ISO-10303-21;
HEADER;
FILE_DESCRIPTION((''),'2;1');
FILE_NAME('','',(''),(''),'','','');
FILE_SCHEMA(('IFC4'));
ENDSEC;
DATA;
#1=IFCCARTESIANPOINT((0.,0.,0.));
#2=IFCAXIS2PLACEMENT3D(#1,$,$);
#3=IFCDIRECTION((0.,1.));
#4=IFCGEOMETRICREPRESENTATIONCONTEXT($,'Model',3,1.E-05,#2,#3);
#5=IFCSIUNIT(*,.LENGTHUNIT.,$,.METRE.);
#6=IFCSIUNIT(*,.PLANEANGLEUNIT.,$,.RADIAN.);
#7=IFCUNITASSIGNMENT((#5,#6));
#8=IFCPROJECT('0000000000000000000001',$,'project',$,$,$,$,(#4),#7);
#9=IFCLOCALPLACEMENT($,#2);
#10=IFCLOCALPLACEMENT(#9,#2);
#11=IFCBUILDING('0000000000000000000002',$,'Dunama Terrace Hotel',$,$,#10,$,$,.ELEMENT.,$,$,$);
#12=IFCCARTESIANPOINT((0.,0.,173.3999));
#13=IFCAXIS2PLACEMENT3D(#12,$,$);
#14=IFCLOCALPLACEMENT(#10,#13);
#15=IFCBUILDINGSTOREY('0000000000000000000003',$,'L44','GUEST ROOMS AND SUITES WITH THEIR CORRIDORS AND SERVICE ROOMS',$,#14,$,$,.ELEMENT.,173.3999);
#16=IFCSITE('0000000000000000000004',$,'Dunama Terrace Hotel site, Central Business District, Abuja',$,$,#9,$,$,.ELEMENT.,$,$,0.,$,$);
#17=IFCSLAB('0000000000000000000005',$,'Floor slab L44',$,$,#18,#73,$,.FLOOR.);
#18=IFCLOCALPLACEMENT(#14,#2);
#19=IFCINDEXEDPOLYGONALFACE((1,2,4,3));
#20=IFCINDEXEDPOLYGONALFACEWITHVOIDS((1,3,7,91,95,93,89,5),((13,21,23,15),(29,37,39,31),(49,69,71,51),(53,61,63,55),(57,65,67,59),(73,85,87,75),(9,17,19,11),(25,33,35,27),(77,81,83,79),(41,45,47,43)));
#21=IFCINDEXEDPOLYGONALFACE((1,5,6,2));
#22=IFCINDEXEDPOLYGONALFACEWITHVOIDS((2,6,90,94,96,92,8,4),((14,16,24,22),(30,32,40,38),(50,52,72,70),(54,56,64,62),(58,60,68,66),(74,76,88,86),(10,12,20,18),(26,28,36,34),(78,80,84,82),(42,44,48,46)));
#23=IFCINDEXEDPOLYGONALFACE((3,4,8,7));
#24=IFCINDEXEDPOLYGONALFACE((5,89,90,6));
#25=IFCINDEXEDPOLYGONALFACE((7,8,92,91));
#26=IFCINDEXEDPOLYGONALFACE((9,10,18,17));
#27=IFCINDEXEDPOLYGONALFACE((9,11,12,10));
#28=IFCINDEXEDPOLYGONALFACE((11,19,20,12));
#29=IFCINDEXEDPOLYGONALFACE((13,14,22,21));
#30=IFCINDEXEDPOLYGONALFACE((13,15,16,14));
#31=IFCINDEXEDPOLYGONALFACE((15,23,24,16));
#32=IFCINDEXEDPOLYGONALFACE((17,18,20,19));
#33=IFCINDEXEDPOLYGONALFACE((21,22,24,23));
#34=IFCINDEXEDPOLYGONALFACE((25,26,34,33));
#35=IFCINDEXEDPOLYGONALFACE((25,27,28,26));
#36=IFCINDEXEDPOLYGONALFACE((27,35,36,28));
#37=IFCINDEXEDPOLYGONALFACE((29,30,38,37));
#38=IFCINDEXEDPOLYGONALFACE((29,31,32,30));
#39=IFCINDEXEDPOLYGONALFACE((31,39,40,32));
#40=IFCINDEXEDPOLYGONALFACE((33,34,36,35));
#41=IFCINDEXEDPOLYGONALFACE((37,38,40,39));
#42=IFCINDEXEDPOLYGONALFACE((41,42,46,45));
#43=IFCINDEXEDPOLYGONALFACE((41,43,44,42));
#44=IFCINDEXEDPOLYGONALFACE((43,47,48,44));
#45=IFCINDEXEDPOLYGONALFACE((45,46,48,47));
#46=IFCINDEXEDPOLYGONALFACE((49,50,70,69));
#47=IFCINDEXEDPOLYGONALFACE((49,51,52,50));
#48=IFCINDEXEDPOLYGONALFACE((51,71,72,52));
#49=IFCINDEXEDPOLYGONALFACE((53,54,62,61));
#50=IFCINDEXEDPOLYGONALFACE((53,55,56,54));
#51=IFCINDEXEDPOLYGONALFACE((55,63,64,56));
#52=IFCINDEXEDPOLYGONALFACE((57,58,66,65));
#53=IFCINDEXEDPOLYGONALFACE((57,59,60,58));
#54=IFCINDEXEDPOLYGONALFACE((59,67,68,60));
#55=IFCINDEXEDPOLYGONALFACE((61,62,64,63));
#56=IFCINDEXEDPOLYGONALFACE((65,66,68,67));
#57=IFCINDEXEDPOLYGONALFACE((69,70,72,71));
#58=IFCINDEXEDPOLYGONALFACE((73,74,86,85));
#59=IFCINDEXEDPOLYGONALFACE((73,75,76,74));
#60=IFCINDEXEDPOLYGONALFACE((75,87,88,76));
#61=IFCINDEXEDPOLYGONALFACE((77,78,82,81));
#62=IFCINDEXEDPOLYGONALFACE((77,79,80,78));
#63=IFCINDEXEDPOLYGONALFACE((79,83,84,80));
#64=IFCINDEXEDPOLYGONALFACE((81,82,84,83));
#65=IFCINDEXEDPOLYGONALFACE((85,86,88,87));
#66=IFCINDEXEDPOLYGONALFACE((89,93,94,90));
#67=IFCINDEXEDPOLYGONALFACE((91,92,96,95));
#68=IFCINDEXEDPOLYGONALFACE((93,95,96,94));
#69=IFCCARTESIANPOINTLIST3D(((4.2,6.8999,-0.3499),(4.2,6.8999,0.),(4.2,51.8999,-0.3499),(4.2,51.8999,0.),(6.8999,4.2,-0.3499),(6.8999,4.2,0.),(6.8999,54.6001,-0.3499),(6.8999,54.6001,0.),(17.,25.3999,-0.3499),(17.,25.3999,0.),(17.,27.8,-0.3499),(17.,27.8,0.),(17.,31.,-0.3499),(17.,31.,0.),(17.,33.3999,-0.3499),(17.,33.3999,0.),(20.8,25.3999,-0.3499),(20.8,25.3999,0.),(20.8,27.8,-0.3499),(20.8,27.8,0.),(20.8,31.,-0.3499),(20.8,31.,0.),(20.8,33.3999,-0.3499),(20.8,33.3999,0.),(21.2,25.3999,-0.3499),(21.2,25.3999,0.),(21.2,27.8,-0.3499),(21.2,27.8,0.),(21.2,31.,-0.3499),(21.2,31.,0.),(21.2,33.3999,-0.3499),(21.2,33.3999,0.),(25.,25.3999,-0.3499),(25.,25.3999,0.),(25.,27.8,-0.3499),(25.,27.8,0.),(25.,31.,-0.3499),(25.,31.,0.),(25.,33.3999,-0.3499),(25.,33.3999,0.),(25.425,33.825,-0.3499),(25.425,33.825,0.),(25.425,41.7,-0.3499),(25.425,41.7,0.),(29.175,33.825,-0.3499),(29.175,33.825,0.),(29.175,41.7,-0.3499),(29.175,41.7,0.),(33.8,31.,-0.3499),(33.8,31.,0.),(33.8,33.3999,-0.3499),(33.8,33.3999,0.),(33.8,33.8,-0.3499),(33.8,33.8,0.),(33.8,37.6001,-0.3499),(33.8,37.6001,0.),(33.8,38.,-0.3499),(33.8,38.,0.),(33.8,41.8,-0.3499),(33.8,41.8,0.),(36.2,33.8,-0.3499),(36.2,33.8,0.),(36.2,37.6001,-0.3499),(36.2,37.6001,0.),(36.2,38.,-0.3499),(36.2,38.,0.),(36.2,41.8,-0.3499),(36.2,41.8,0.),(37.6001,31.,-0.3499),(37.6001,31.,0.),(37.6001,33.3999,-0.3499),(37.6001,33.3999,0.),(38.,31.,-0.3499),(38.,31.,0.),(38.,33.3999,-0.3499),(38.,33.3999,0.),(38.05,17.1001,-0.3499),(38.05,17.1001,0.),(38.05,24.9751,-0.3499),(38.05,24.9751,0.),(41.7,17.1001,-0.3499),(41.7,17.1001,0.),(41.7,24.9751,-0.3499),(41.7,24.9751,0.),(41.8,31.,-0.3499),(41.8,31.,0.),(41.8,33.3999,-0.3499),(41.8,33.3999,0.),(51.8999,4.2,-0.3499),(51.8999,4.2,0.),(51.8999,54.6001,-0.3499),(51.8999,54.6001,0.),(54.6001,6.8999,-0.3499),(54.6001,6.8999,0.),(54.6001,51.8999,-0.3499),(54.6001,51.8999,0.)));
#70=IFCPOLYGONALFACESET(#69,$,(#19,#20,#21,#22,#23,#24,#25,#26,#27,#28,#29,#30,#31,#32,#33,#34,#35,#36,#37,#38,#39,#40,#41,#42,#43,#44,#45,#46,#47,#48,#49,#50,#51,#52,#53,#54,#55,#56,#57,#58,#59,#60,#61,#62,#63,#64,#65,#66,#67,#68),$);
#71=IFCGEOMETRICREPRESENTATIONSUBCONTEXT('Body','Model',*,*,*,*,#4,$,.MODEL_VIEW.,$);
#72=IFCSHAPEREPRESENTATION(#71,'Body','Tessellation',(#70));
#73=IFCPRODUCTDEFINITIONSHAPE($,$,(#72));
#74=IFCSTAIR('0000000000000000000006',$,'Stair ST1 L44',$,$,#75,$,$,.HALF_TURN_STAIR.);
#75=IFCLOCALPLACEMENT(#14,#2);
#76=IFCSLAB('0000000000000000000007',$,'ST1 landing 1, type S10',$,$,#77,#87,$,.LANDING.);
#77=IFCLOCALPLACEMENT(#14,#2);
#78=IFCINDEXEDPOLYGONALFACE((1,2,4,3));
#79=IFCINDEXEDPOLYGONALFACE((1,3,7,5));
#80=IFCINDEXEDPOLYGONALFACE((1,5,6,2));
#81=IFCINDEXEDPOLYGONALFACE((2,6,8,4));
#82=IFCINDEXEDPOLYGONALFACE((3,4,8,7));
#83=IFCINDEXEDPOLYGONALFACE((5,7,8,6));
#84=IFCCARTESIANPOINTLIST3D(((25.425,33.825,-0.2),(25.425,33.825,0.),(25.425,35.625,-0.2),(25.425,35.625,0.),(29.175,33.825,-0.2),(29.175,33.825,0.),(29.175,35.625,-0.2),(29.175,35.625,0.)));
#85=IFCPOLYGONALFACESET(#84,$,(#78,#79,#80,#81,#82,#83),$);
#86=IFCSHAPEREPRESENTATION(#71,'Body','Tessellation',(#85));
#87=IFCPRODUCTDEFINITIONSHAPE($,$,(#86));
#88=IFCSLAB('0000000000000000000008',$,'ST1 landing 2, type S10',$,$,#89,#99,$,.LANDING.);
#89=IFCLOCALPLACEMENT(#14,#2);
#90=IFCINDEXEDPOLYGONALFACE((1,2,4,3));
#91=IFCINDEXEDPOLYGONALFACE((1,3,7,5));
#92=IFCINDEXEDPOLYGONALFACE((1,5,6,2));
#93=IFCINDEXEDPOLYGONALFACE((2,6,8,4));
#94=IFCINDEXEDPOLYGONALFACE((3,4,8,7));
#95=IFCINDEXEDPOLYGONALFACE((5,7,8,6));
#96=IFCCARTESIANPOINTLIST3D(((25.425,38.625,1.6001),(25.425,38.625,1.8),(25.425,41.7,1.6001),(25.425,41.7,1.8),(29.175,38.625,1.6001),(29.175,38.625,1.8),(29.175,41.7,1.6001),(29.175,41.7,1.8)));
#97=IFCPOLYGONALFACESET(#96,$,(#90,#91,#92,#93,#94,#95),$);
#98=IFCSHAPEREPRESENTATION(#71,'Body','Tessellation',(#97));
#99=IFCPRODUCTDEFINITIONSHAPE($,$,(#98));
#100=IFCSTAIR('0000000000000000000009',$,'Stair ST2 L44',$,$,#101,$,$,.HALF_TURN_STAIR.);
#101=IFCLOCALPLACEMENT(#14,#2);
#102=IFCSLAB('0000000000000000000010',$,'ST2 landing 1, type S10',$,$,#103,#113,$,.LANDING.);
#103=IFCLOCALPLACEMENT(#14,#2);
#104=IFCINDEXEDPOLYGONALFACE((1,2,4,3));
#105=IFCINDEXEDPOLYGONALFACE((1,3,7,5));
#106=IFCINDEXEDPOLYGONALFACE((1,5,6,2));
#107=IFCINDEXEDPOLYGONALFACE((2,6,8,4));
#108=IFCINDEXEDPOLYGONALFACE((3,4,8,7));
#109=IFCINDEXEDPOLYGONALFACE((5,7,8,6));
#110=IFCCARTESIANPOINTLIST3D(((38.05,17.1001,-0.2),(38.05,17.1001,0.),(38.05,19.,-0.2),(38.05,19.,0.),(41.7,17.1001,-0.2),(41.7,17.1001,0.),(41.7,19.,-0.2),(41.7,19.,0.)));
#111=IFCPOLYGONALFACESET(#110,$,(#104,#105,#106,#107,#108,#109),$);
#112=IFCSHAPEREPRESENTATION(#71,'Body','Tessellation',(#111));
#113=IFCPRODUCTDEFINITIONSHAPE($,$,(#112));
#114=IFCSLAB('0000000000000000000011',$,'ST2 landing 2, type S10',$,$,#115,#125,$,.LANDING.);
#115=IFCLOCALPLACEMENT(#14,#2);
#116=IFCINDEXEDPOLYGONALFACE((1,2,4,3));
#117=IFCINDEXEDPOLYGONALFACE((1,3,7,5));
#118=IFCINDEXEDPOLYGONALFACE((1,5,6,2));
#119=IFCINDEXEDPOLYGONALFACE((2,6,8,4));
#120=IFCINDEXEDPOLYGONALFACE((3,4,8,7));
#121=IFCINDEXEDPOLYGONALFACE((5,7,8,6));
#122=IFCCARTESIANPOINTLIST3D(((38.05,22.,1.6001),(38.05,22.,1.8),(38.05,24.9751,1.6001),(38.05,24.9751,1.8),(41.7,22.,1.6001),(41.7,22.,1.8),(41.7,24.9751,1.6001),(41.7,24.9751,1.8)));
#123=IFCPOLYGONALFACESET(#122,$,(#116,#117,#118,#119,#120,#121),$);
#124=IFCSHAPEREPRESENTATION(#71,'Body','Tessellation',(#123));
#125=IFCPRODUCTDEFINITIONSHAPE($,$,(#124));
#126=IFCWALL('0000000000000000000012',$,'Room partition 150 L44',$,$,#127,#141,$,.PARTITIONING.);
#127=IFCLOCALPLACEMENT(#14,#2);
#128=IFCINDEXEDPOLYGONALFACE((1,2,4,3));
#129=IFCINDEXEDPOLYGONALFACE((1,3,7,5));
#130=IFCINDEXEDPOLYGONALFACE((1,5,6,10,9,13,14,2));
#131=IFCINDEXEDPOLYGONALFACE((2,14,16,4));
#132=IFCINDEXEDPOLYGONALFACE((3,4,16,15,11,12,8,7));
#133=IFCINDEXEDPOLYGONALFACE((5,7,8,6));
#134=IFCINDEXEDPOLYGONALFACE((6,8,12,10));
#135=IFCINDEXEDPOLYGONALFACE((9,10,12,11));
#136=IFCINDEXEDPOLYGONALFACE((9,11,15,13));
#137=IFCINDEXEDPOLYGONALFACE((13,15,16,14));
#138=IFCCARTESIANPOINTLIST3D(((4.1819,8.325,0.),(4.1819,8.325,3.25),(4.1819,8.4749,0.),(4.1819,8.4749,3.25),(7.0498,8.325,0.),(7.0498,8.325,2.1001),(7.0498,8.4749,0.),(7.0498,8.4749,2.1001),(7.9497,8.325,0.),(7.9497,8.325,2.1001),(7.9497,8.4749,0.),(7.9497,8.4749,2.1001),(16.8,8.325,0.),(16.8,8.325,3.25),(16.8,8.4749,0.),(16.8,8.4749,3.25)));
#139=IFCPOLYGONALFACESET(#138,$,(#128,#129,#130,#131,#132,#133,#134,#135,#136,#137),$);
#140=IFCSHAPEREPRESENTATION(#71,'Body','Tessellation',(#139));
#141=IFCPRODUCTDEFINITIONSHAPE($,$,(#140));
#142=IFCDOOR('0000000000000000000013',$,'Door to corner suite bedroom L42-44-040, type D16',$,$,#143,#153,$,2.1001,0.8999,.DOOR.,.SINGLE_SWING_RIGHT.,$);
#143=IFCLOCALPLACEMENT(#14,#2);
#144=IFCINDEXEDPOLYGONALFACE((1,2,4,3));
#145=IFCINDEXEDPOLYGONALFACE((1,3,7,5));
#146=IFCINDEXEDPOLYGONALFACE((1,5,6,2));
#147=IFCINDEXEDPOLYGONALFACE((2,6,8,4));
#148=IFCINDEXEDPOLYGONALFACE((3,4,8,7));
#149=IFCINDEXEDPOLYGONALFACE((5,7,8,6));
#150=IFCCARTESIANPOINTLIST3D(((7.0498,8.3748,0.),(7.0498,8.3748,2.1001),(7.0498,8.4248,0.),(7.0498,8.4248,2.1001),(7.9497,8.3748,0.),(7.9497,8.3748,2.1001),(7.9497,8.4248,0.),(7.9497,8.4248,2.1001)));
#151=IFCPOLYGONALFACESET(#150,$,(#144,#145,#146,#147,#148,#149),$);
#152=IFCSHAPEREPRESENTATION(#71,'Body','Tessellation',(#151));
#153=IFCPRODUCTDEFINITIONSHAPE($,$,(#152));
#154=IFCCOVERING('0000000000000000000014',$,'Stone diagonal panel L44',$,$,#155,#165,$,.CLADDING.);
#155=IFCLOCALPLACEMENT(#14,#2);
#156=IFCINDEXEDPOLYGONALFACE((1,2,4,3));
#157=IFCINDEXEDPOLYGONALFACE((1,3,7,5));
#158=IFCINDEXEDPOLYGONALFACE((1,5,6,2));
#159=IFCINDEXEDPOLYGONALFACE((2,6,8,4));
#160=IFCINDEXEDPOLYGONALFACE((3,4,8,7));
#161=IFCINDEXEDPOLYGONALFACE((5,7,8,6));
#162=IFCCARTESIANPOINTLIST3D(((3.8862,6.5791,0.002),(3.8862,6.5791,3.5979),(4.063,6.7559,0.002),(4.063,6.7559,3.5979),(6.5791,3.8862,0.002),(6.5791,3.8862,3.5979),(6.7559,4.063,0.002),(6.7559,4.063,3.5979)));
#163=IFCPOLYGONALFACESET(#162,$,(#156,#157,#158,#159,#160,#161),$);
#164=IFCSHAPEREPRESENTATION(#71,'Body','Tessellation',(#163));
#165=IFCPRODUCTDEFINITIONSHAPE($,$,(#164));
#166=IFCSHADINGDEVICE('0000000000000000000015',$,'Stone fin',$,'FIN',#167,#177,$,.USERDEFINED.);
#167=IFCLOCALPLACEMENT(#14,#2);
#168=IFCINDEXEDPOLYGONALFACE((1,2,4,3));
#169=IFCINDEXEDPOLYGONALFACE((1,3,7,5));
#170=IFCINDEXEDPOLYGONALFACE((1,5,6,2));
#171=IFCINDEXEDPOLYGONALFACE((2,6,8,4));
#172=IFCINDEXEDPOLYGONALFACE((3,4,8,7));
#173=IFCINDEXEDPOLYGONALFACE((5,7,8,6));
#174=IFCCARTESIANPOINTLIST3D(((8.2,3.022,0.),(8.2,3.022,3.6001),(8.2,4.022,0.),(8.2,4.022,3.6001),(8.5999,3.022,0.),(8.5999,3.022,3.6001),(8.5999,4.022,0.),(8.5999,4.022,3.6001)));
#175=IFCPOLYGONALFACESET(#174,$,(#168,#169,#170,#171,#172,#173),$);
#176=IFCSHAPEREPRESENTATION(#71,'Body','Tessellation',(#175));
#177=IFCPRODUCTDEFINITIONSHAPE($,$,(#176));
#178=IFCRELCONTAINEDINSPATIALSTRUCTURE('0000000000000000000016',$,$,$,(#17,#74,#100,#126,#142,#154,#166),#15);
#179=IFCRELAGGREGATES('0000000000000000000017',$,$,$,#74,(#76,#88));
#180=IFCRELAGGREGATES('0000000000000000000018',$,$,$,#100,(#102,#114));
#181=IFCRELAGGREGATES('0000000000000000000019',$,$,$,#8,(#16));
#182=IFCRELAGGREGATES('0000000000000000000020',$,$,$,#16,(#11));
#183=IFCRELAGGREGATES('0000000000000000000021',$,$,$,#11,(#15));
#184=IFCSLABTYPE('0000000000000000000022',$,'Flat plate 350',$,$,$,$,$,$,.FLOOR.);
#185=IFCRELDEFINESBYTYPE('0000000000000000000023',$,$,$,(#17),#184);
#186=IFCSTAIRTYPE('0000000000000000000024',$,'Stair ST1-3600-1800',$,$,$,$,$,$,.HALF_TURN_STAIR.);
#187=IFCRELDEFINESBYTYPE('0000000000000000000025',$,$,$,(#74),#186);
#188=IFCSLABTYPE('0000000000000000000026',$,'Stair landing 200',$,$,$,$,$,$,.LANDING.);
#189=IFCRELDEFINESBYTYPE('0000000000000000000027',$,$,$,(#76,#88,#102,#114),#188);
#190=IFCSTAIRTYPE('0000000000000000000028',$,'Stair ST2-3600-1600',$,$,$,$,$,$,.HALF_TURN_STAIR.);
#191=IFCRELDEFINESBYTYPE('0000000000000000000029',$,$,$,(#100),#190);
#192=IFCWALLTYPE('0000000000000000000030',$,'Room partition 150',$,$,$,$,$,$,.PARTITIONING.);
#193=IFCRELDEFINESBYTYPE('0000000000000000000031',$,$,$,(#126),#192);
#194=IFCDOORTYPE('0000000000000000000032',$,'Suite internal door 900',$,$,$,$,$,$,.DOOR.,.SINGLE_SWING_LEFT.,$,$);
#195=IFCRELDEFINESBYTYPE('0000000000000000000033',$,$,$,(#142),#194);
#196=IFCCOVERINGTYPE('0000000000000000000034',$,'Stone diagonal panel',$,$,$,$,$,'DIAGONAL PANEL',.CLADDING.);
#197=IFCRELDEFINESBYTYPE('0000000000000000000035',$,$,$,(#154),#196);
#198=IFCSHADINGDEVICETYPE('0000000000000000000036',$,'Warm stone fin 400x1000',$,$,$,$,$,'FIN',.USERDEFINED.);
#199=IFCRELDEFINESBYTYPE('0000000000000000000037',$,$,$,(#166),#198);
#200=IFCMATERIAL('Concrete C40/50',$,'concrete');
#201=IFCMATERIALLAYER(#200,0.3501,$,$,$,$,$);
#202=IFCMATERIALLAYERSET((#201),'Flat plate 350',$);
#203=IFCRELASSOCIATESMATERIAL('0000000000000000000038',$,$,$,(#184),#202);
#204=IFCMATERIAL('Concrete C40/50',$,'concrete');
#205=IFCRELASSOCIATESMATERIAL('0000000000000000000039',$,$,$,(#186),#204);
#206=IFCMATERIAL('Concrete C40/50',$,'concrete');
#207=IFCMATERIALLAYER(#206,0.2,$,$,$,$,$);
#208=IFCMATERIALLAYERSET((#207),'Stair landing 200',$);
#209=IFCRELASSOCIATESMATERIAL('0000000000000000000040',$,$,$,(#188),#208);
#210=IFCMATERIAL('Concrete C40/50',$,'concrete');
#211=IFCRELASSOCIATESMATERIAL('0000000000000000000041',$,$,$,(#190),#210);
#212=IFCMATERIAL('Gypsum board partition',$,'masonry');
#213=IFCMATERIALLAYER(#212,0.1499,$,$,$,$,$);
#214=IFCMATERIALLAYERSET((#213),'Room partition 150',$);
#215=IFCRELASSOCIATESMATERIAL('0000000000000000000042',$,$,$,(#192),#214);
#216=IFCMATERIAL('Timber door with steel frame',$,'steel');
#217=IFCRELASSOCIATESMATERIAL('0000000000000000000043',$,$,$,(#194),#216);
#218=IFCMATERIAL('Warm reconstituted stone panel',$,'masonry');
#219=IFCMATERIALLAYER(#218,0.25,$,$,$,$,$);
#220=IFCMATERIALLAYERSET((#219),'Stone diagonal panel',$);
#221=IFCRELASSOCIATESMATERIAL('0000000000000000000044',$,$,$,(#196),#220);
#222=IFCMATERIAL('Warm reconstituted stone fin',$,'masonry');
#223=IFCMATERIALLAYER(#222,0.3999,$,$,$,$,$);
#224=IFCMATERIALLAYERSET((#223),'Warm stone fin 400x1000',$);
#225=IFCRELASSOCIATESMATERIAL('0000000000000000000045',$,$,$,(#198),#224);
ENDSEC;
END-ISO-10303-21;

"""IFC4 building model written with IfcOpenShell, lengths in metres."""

from ifc_helpers import new_model, si_unit, direction, frame, frame_2d, origin, origin_2d, place, context, subcontext, project, spatial, polyline, rectangle, outline, extrude, material, layer, layer_set, type_object, element, fill, aggregate, save


model = new_model("IFC4")

# Units and contexts
model_context = context("Model", 3, precision=1e-05, world=origin(), true_north=direction((0.0, 1.0)))
body_context = subcontext(model_context, "Body", "Model", "MODEL_VIEW")
ifc_project = project(units=[si_unit("LENGTHUNIT", "METRE"), si_unit("PLANEANGLEUNIT", "RADIAN")], contexts=[model_context])

# Site, building, storey
site_placement = place(None, origin())
site = spatial("IfcSite", under=ifc_project, at=site_placement, Name="Dunama Terrace Hotel site, Central Business District, Abuja", CompositionType="ELEMENT", RefElevation=0.0)
building_placement = place(site_placement, origin())
building = spatial("IfcBuilding", under=site, at=building_placement, Name="Dunama Terrace Hotel", CompositionType="ELEMENT")
storey_placement = place(building_placement, frame((0.0, 0.0, 173.3999)))
storey = spatial("IfcBuildingStorey", under=building, at=storey_placement, Name="L44", Description="GUEST ROOMS AND SUITES WITH THEIR CORRIDORS AND SERVICE ROOMS", CompositionType="ELEMENT", Elevation=173.3999)

# Slab
ifc_material_1 = material(Name="Concrete C40/50", Category="concrete")
ifc_layer_1 = layer(ifc_material_1, 0.3501)
ifc_layer_set_1 = layer_set([ifc_layer_1], Name="Flat plate 350")
slab_type_1 = type_object("IfcSlabType", Name="Flat plate 350", PredefinedType="FLOOR", material=ifc_layer_set_1)
slab_1_placement = place(storey_placement, frame((0.0, 0.0, -0.3499)))
element("IfcSlab", 1, at=slab_1_placement, inside=storey, type_object=slab_type_1, Name="Floor slab L44", PredefinedType="FLOOR", context=body_context, shape_type="SweptSolid", body=[
    extrude(outline(polyline([(6.8999, 4.2), (51.8999, 4.2), (54.6001, 6.8999), (54.6001, 51.8999), (51.8999, 54.6001), (6.8999, 54.6001), (4.2, 51.8999), (4.2, 6.8999), (6.8999, 4.2)]), holes=[polyline([(20.8, 25.3999), (20.8, 27.8), (17.0, 27.8), (17.0, 25.3999), (20.8, 25.3999)]), polyline([(25.0, 25.3999), (25.0, 27.8), (21.2, 27.8), (21.2, 25.3999), (25.0, 25.3999)]), polyline([(20.8, 31.0), (20.8, 33.3999), (17.0, 33.3999), (17.0, 31.0), (20.8, 31.0)]), polyline([(25.0, 31.0), (25.0, 33.3999), (21.2, 33.3999), (21.2, 31.0), (25.0, 31.0)]), polyline([(37.6001, 31.0), (37.6001, 33.3999), (33.8, 33.3999), (33.8, 31.0), (37.6001, 31.0)]), polyline([(41.8, 31.0), (41.8, 33.3999), (38.0, 33.3999), (38.0, 31.0), (41.8, 31.0)]), polyline([(36.2, 38.0), (36.2, 41.8), (33.8, 41.8), (33.8, 38.0), (36.2, 38.0)]), polyline([(36.2, 33.8), (36.2, 37.6001), (33.8, 37.6001), (33.8, 33.8), (36.2, 33.8)]), polyline([(29.175, 33.825), (29.175, 41.7), (25.425, 41.7), (25.425, 33.825), (29.175, 33.825)]), polyline([(41.7, 17.1001), (41.7, 24.9751), (38.05, 24.9751), (38.05, 17.1001), (41.7, 17.1001)])]), origin(), (0.0, 0.0, 1.0), 0.3499),
])

# Stairs, slabs
ifc_material_2 = material(Name="Concrete C40/50", Category="concrete")
stair_type_1 = type_object("IfcStairType", Name="Stair ST1-3600-1800", PredefinedType="HALF_TURN_STAIR", material=ifc_material_2)
stair_1_placement = place(storey_placement, origin())
stair_1 = element("IfcStair", 2, at=stair_1_placement, inside=storey, type_object=stair_type_1, Name="Stair ST1 L44", PredefinedType="HALF_TURN_STAIR")
ifc_material_3 = material(Name="Concrete C40/50", Category="concrete")
ifc_layer_2 = layer(ifc_material_3, 0.2)
ifc_layer_set_2 = layer_set([ifc_layer_2], Name="Stair landing 200")
slab_type_2 = type_object("IfcSlabType", Name="Stair landing 200", PredefinedType="LANDING", material=ifc_layer_set_2)
slab_2_placement = place(storey_placement, frame((0.0, 0.0, -0.2)))
slab_2 = element("IfcSlab", 3, at=slab_2_placement, type_object=slab_type_2, Name="ST1 landing 1, type S10", PredefinedType="LANDING", context=body_context, shape_type="SweptSolid", body=[
    extrude(outline(polyline([(25.425, 33.825), (29.175, 33.825), (29.175, 35.625), (25.425, 35.625), (25.425, 33.825)])), origin(), (0.0, 0.0, 1.0), 0.2),
])
slab_3_placement = place(storey_placement, frame((0.0, 0.0, 1.6001)))
slab_3 = element("IfcSlab", 4, at=slab_3_placement, type_object=slab_type_2, Name="ST1 landing 2, type S10", PredefinedType="LANDING", context=body_context, shape_type="SweptSolid", body=[
    extrude(outline(polyline([(25.425, 38.625), (29.175, 38.625), (29.175, 41.7), (25.425, 41.7), (25.425, 38.625)])), origin(), (0.0, 0.0, 1.0), 0.2),
])
aggregate(stair_1, [slab_2, slab_3])
ifc_material_4 = material(Name="Concrete C40/50", Category="concrete")
stair_type_2 = type_object("IfcStairType", Name="Stair ST2-3600-1600", PredefinedType="HALF_TURN_STAIR", material=ifc_material_4)
stair_2_placement = place(storey_placement, origin())
stair_2 = element("IfcStair", 5, at=stair_2_placement, inside=storey, type_object=stair_type_2, Name="Stair ST2 L44", PredefinedType="HALF_TURN_STAIR")
slab_4_placement = place(storey_placement, frame((0.0, 0.0, -0.2)))
slab_4 = element("IfcSlab", 6, at=slab_4_placement, type_object=slab_type_2, Name="ST2 landing 1, type S10", PredefinedType="LANDING", context=body_context, shape_type="SweptSolid", body=[
    extrude(outline(polyline([(38.05, 17.1001), (41.7, 17.1001), (41.7, 19.0), (38.05, 19.0), (38.05, 17.1001)])), origin(), (0.0, 0.0, 1.0), 0.2),
])
slab_5_placement = place(storey_placement, frame((0.0, 0.0, 1.6001)))
slab_5 = element("IfcSlab", 7, at=slab_5_placement, type_object=slab_type_2, Name="ST2 landing 2, type S10", PredefinedType="LANDING", context=body_context, shape_type="SweptSolid", body=[
    extrude(outline(polyline([(38.05, 22.0), (41.7, 22.0), (41.7, 24.9751), (38.05, 24.9751), (38.05, 22.0)])), origin(), (0.0, 0.0, 1.0), 0.2),
])
aggregate(stair_2, [slab_4, slab_5])

# Wall, opening, door
ifc_material_5 = material(Name="Gypsum board partition", Category="masonry")
ifc_layer_3 = layer(ifc_material_5, 0.1499)
ifc_layer_set_3 = layer_set([ifc_layer_3], Name="Room partition 150")
wall_type = type_object("IfcWallType", Name="Room partition 150", PredefinedType="PARTITIONING", material=ifc_layer_set_3)
wall_placement = place(storey_placement, frame((4.1819, 8.3999, 0.0), z_axis=(0.0, 0.0, 1.0), x_axis=(1.0, 0.0, 0.0)))
wall = element("IfcWall", 8, at=wall_placement, inside=storey, type_object=wall_type, Name="Room partition 150 L44", PredefinedType="PARTITIONING", context=body_context, shape_type="SweptSolid", body=[
    extrude(rectangle(XDim=12.6182, YDim=0.1499, at=frame_2d((6.3091, 0.0))), origin(), (0.0, 0.0, 1.0), 3.25),
])
opening_placement = place(wall_placement, frame((2.8679, 0.0, 0.0)))
opening = element("IfcOpeningElement", 9, at=opening_placement, cuts=wall, PredefinedType="OPENING", context=body_context, shape_type="SweptSolid", body=[
    extrude(rectangle(XDim=0.8999, YDim=2.1001, at=frame_2d((0.45, 1.05))), frame((0.0, 0.085, 0.0), z_axis=(0.0, -1.0, 0.0), x_axis=(1.0, 0.0, 0.0)), (0.0, 0.0, 1.0), 0.1699),
])
ifc_material_6 = material(Name="Timber door with steel frame", Category="steel")
door_type = type_object("IfcDoorType", Name="Suite internal door 900", OperationType="SINGLE_SWING_LEFT", PredefinedType="DOOR", material=ifc_material_6)
door_placement = place(opening_placement, frame((0.8999, 0.0, 0.0), z_axis=(0.0, 0.0, 1.0), x_axis=(-1.0, 0.0, 0.0)))
door = element("IfcDoor", 10, at=door_placement, inside=storey, type_object=door_type, Name="Door to corner suite bedroom L42-44-040, type D16", OperationType="SINGLE_SWING_RIGHT", OverallHeight=2.1001, OverallWidth=0.8999, PredefinedType="DOOR", context=body_context, shape_type="SweptSolid", body=[
    extrude(rectangle(XDim=0.8999, YDim=2.1001, at=frame_2d((0.45, 1.05))), frame((0.0, 0.0251, 0.0), z_axis=(0.0, -1.0, 0.0), x_axis=(1.0, 0.0, 0.0)), (0.0, 0.0, 1.0), 0.05),
])
fill(opening, door)

# Covering
ifc_material_7 = material(Name="Warm reconstituted stone panel", Category="masonry")
ifc_layer_4 = layer(ifc_material_7, 0.25)
ifc_layer_set_4 = layer_set([ifc_layer_4], Name="Stone diagonal panel")
covering_type = type_object("IfcCoveringType", Name="Stone diagonal panel", ElementType="DIAGONAL PANEL", PredefinedType="CLADDING", material=ifc_layer_set_4)
covering_placement = place(storey_placement, frame((5.321, 5.321, 0.002), z_axis=(0.0, 0.0, 1.0), x_axis=(0.707107, -0.707107, 0.0)))
element("IfcCovering", 11, at=covering_placement, inside=storey, type_object=covering_type, Name="Stone diagonal panel L44", PredefinedType="CLADDING", context=body_context, shape_type="SweptSolid", body=[
    extrude(rectangle(XDim=3.8083, YDim=0.25, at=origin_2d()), origin(), (0.0, 0.0, 1.0), 3.5959),
])

# Shading device
ifc_material_8 = material(Name="Warm reconstituted stone fin", Category="masonry")
ifc_layer_5 = layer(ifc_material_8, 0.3999)
ifc_layer_set_5 = layer_set([ifc_layer_5], Name="Warm stone fin 400x1000")
shading_device_type = type_object("IfcShadingDeviceType", Name="Warm stone fin 400x1000", ElementType="FIN", PredefinedType="USERDEFINED", material=ifc_layer_set_5)
for number, where, z_axis, x_axis, name in (
    (12, (8.3999, 3.522, 0.0), (0.0, 0.0, 1.0), (1.0, 0.0, 0.0), "Stone fin"),
):
    element("IfcShadingDevice", number, at=place(storey_placement, frame(where, z_axis=z_axis, x_axis=x_axis)), inside=storey, type_object=shading_device_type, Name=name, ObjectType="FIN", PredefinedType="USERDEFINED", context=body_context, shape_type="SweptSolid", body=[
        extrude(rectangle(XDim=0.3999, YDim=1.0, at=origin_2d()), origin(), (0.0, 0.0, 1.0), 3.6001),
    ])

save(model, "model.ifc")
